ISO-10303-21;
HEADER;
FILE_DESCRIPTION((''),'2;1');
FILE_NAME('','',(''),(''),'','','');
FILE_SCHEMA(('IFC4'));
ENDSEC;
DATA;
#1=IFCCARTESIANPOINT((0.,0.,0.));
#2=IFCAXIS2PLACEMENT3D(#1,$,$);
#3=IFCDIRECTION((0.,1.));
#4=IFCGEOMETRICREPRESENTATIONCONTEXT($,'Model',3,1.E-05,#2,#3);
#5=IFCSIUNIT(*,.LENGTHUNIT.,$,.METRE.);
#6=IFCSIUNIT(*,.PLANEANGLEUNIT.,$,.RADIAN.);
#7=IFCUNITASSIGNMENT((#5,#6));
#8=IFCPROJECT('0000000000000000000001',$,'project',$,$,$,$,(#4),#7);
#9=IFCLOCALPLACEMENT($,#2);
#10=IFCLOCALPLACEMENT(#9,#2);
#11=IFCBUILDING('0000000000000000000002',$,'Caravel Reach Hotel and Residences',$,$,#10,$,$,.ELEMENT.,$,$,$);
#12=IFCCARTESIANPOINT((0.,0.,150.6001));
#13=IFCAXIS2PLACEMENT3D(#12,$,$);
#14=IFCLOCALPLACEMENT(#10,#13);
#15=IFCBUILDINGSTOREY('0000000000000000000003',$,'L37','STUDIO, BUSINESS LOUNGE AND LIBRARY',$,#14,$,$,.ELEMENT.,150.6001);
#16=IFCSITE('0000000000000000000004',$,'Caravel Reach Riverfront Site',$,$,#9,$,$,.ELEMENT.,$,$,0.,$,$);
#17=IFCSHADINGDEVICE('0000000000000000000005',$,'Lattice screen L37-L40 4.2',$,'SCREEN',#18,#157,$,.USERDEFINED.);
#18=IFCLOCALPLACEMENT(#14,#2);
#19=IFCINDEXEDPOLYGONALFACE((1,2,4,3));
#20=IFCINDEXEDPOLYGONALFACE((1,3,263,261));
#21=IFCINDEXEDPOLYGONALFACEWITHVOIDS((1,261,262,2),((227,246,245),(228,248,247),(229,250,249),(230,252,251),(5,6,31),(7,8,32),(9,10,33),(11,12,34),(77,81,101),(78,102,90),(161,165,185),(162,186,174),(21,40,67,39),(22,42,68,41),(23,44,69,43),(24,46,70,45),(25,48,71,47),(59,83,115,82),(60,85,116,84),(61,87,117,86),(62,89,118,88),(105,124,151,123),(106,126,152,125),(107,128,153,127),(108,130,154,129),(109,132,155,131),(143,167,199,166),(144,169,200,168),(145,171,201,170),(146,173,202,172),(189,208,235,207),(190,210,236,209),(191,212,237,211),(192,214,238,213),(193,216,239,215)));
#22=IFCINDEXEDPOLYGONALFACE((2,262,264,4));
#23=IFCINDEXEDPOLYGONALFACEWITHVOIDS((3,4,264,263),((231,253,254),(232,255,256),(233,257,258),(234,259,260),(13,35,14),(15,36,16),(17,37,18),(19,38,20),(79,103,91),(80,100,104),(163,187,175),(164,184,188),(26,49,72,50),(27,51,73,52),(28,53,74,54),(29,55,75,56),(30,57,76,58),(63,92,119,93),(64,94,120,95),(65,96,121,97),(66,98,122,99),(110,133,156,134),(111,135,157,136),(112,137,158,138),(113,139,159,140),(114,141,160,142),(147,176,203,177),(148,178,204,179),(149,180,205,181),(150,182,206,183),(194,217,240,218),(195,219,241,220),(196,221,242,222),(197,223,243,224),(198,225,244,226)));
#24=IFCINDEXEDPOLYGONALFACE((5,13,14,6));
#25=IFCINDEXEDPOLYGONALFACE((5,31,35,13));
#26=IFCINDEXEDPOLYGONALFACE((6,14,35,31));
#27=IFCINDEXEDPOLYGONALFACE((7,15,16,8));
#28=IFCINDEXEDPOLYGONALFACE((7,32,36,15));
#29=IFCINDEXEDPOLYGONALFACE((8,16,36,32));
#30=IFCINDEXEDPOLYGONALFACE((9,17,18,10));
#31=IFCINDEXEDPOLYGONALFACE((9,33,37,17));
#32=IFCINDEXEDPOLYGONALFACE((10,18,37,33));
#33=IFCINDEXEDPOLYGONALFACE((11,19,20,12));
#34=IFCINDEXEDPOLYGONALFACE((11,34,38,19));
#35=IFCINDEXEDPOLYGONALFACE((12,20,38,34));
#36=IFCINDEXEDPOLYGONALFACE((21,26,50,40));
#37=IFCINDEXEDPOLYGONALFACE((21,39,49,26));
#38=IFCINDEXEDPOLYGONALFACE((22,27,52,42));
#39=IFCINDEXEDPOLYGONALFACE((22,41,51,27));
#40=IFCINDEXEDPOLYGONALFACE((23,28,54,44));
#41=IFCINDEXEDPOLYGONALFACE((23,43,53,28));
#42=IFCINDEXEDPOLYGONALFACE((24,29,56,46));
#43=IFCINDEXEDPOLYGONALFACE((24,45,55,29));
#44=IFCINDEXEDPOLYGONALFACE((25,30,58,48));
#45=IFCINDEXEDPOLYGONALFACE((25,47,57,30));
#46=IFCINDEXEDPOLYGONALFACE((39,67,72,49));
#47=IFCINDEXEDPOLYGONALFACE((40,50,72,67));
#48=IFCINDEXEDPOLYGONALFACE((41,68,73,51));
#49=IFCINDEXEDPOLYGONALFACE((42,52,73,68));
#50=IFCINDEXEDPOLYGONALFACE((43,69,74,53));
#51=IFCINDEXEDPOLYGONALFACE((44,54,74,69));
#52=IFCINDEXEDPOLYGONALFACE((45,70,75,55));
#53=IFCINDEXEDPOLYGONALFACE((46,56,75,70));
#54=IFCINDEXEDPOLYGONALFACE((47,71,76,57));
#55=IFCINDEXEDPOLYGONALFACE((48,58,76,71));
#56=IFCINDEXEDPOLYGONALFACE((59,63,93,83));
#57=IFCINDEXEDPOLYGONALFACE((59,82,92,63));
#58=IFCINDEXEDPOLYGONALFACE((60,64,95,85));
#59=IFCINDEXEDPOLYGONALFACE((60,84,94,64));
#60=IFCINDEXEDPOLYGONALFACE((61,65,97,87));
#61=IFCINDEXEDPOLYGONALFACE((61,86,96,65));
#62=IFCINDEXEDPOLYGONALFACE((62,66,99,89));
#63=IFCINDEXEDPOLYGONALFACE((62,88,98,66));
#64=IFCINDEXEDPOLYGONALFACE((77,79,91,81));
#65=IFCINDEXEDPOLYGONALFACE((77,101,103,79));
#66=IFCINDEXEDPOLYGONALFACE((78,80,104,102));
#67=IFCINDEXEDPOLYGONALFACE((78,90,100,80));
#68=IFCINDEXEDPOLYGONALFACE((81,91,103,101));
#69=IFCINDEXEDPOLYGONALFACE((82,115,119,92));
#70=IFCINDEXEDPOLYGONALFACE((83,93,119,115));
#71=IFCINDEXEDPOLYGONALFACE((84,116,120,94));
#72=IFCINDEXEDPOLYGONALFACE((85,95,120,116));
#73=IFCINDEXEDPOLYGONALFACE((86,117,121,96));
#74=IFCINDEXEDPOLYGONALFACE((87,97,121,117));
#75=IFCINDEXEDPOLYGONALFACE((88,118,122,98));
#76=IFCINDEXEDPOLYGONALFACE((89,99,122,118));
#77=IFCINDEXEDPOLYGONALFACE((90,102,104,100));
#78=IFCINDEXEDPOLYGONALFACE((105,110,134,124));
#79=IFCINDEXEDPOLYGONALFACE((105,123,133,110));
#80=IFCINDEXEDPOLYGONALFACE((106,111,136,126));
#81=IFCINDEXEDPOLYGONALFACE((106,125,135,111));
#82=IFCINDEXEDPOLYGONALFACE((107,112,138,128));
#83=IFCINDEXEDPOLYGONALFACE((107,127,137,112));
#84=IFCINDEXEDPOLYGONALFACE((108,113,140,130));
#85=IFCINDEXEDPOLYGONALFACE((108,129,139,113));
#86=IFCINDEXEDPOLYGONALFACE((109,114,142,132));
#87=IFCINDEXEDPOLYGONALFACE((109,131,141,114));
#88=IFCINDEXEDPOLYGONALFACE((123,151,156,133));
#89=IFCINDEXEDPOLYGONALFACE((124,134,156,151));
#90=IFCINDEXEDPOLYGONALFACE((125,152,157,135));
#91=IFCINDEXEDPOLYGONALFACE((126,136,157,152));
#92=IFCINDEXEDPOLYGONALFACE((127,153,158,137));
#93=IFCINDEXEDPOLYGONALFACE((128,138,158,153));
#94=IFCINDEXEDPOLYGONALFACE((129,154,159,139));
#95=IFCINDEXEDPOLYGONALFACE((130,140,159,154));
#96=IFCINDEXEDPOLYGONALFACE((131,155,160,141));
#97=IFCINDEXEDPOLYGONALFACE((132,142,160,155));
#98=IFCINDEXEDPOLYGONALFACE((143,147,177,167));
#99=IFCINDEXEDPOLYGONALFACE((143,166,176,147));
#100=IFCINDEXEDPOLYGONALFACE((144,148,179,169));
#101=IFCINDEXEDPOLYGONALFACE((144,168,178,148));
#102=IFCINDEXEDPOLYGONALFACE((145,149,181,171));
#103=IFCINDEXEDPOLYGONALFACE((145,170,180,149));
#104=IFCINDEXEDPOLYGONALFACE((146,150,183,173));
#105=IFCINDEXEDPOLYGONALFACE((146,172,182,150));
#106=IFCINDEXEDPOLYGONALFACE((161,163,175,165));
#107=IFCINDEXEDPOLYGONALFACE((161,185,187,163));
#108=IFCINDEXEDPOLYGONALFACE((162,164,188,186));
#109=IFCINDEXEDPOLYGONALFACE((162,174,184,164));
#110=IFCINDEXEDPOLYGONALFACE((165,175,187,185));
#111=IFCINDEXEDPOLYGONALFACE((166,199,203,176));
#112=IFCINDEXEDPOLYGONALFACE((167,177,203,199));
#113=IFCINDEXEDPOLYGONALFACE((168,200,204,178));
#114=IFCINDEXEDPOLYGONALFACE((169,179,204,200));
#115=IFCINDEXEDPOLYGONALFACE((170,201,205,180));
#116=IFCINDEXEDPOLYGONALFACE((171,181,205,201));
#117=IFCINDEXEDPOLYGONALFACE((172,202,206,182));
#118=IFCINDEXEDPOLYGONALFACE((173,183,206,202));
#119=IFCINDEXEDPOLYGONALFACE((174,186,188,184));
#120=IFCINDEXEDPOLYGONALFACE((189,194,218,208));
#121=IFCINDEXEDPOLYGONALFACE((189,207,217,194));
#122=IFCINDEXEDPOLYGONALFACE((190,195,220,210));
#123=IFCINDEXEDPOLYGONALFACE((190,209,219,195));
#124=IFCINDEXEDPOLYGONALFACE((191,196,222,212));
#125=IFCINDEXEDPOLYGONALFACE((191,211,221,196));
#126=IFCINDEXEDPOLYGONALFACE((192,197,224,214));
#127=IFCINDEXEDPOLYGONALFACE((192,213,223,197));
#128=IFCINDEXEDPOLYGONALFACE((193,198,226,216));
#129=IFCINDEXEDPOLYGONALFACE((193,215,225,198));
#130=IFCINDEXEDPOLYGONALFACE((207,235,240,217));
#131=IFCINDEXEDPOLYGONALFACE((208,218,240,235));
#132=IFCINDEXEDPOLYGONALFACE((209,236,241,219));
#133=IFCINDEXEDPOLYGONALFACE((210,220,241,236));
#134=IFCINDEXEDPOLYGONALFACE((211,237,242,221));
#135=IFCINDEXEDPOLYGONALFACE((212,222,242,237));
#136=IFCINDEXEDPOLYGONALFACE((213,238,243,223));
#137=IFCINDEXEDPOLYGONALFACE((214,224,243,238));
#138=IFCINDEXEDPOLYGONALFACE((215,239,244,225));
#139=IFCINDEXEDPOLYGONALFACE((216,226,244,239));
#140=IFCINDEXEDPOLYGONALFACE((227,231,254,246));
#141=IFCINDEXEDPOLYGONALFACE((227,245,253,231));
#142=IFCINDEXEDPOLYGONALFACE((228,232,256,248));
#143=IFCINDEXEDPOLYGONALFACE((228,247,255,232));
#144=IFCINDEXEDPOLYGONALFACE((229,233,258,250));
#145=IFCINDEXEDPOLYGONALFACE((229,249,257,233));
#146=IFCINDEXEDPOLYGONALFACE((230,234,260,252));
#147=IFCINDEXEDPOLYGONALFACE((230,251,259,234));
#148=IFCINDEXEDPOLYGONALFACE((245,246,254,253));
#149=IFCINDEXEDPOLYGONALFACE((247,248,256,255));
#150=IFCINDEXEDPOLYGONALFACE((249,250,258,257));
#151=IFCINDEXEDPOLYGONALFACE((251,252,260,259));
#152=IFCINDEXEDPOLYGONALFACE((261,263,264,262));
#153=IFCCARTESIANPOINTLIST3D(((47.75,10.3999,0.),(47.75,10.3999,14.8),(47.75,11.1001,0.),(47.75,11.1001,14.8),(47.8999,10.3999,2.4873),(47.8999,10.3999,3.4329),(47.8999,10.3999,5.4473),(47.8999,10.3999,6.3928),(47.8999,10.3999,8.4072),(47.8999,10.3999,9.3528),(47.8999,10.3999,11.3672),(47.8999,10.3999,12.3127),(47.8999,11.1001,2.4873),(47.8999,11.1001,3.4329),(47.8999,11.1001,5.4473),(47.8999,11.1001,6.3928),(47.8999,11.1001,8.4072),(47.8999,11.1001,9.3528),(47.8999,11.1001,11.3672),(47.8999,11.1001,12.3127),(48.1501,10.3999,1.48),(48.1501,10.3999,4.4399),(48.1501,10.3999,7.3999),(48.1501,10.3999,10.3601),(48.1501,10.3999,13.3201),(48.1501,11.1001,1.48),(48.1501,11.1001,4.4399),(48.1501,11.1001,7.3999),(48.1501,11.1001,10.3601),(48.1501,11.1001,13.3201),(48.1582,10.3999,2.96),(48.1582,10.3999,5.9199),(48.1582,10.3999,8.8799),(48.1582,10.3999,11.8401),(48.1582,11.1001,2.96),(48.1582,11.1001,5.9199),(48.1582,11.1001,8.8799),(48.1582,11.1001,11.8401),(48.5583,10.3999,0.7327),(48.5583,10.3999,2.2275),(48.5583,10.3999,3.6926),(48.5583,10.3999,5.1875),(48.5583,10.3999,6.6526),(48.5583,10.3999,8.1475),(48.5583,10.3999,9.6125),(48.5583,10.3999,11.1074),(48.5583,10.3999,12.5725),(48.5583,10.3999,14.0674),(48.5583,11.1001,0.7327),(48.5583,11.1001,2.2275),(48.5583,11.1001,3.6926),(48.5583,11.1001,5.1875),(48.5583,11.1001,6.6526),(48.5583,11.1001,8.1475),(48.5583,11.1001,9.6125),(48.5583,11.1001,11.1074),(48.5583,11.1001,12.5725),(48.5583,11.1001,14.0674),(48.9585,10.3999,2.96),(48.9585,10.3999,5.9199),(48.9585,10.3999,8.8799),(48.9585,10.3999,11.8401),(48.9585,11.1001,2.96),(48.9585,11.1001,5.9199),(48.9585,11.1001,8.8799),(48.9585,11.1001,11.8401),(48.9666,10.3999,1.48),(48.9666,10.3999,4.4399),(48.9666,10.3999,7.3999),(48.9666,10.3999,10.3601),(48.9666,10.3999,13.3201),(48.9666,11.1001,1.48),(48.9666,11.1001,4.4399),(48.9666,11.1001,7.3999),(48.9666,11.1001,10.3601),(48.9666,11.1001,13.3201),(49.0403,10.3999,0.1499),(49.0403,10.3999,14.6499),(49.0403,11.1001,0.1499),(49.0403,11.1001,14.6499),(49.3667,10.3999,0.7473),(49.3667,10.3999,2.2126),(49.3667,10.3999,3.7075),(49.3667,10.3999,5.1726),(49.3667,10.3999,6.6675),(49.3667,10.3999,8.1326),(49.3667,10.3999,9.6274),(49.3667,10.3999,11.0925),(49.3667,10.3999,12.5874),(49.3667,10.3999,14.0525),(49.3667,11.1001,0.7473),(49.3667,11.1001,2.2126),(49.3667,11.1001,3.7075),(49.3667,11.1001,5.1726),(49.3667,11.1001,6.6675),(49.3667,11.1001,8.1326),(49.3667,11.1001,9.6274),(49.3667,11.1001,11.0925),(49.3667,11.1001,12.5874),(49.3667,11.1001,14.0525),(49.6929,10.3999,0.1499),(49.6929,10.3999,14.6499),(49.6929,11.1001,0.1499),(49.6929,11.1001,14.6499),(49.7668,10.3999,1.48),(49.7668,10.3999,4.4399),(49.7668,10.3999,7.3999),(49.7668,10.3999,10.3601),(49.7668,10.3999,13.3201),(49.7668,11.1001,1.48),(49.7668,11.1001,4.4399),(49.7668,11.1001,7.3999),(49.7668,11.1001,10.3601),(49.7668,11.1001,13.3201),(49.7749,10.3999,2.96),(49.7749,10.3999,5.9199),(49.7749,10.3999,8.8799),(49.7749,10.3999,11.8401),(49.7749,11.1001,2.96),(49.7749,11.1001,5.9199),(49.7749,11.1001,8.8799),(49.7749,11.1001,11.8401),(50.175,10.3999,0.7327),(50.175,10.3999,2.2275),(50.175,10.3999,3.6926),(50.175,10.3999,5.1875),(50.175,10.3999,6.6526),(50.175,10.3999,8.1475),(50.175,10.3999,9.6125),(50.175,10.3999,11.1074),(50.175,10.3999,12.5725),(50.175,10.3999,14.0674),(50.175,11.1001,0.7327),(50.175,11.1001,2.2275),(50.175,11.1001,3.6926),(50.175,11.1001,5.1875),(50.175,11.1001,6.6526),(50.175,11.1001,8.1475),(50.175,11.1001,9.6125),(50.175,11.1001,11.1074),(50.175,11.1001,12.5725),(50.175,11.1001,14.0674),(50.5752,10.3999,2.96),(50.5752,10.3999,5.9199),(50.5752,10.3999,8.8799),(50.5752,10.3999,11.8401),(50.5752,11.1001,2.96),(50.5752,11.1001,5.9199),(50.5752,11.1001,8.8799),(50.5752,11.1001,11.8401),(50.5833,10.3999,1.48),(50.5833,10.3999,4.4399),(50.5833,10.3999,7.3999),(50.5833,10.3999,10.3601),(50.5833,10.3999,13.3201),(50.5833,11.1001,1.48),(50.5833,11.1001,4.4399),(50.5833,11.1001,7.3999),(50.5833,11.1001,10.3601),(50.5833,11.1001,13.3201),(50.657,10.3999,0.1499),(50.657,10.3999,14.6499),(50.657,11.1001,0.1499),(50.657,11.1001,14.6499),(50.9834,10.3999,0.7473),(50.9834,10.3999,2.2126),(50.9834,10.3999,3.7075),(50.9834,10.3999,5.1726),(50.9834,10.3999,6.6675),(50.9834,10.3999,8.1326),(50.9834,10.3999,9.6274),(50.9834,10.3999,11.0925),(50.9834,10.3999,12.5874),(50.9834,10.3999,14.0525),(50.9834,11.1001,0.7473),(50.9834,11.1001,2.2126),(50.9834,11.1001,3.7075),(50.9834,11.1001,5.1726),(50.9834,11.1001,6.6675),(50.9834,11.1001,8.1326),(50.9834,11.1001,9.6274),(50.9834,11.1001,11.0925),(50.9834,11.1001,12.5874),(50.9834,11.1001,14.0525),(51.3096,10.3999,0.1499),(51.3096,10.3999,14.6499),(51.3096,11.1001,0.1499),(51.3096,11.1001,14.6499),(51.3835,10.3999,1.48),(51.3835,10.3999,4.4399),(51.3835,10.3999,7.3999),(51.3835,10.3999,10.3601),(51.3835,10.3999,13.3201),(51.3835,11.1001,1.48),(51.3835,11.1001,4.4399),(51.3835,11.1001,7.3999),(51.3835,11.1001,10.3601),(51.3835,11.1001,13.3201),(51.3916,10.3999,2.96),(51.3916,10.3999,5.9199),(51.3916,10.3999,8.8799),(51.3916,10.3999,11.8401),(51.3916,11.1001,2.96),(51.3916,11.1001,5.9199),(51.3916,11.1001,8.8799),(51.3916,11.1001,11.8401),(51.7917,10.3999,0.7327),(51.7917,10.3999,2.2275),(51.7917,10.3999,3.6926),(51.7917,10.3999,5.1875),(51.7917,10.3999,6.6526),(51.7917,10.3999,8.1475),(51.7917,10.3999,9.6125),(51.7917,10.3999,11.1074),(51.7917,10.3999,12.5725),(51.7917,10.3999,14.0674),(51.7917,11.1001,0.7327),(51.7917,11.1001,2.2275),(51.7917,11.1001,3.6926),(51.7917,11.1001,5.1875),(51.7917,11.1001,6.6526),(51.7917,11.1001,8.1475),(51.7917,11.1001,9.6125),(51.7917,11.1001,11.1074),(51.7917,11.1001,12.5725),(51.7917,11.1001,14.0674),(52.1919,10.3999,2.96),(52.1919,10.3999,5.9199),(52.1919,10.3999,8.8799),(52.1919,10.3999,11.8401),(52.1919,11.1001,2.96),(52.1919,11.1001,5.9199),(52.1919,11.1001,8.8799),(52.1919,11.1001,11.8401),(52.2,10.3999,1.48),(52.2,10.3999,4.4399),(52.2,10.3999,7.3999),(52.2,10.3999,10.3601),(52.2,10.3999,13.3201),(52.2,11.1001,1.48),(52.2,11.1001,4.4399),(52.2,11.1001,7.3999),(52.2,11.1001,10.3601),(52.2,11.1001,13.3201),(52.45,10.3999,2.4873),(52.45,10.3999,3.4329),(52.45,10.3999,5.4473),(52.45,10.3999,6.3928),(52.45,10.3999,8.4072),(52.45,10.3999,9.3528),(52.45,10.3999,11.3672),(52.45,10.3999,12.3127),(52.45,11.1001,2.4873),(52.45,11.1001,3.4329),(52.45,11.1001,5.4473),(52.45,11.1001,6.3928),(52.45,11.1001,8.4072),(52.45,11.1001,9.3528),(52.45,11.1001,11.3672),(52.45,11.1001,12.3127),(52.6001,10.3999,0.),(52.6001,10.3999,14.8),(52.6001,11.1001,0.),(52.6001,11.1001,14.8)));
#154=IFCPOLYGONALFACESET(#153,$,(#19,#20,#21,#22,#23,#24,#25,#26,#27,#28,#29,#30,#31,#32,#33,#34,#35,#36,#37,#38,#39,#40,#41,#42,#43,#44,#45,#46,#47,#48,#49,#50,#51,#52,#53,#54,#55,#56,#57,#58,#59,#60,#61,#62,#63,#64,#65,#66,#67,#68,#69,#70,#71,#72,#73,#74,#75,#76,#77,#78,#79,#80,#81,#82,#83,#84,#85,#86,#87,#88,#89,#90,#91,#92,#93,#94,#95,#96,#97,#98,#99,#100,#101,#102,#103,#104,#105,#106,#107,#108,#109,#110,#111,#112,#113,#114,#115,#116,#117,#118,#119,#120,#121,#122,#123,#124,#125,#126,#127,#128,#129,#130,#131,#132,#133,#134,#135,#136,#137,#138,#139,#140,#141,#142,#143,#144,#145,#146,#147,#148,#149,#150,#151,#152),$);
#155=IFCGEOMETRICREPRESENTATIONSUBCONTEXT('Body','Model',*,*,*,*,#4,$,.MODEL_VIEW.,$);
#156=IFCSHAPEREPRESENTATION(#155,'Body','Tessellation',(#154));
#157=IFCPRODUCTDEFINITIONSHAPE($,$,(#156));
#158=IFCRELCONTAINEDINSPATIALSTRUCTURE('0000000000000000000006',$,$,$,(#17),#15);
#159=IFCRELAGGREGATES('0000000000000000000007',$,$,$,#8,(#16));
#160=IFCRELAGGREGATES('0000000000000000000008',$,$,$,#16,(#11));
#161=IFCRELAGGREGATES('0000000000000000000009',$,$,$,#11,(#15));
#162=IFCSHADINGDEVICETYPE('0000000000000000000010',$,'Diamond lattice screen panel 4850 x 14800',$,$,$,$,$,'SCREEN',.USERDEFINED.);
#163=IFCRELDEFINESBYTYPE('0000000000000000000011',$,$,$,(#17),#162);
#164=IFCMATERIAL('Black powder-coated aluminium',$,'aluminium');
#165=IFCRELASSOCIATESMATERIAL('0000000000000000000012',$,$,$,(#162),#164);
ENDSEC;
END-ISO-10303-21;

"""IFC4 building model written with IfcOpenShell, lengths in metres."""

from ifc_helpers import new_model, si_unit, direction, frame, origin, place, context, subcontext, project, spatial, polyline, outline, extrude, material, type_object, element, save


model = new_model("IFC4")

# Units and contexts
model_context = context("Model", 3, precision=1e-05, world=origin(), true_north=direction((0.0, 1.0)))
body_context = subcontext(model_context, "Body", "Model", "MODEL_VIEW")
ifc_project = project(units=[si_unit("LENGTHUNIT", "METRE"), si_unit("PLANEANGLEUNIT", "RADIAN")], contexts=[model_context])

# Site, building, storey
site_placement = place(None, origin())
site = spatial("IfcSite", under=ifc_project, at=site_placement, Name="Caravel Reach Riverfront Site", CompositionType="ELEMENT", RefElevation=0.0)
building_placement = place(site_placement, origin())
building = spatial("IfcBuilding", under=site, at=building_placement, Name="Caravel Reach Hotel and Residences", CompositionType="ELEMENT")
storey_placement = place(building_placement, frame((0.0, 0.0, 150.6001)))
storey = spatial("IfcBuildingStorey", under=building, at=storey_placement, Name="L37", Description="STUDIO, BUSINESS LOUNGE AND LIBRARY", CompositionType="ELEMENT", Elevation=150.6001)

# Shading device
ifc_material_1 = material(Name="Black powder-coated aluminium", Category="aluminium")
shading_device_type_1 = type_object("IfcShadingDeviceType", Name="Diamond lattice screen panel 4850 x 14800", ElementType="SCREEN", PredefinedType="USERDEFINED", material=ifc_material_1)
shading_device_1_placement = place(storey_placement, frame((47.75, 11.1001, 0.0), z_axis=(0.0, -1.0, 0.0), x_axis=(1.0, 0.0, 0.0)))
element("IfcShadingDevice", 1, at=shading_device_1_placement, inside=storey, type_object=shading_device_type_1, Name="Lattice screen L37-L40 4.2", ObjectType="SCREEN", PredefinedType="USERDEFINED", context=body_context, shape_type="SweptSolid", body=[
    extrude(outline(polyline([(0.0, 0.0), (4.8501, 0.0), (4.8501, 14.8), (0.0, 14.8), (0.0, 0.0)]), holes=[polyline([(0.4082, 2.96), (0.1499, 3.4329), (0.1499, 2.4873), (0.4082, 2.96)]), polyline([(0.4082, 5.9199), (0.1499, 6.3928), (0.1499, 5.4473), (0.4082, 5.9199)]), polyline([(0.4082, 8.8799), (0.1499, 9.3528), (0.1499, 8.4072), (0.4082, 8.8799)]), polyline([(0.4082, 11.8401), (0.1499, 12.3127), (0.1499, 11.3672), (0.4082, 11.8401)]), polyline([(0.8083, 2.2275), (0.4001, 1.48), (0.8083, 0.7327), (1.2166, 1.48), (0.8083, 2.2275)]), polyline([(0.8083, 5.1875), (0.4001, 4.4399), (0.8083, 3.6926), (1.2166, 4.4399), (0.8083, 5.1875)]), polyline([(0.8083, 8.1475), (0.4001, 7.3999), (0.8083, 6.6526), (1.2166, 7.3999), (0.8083, 8.1475)]), polyline([(0.8083, 11.1074), (0.4001, 10.3601), (0.8083, 9.6125), (1.2166, 10.3601), (0.8083, 11.1074)]), polyline([(0.8083, 14.0674), (0.4001, 13.3201), (0.8083, 12.5725), (1.2166, 13.3201), (0.8083, 14.0674)]), polyline([(1.6167, 0.7473), (1.2903, 0.1499), (1.9429, 0.1499), (1.6167, 0.7473)]), polyline([(1.6167, 3.7075), (1.2085, 2.96), (1.6167, 2.2126), (2.0249, 2.96), (1.6167, 3.7075)]), polyline([(1.6167, 6.6675), (1.2085, 5.9199), (1.6167, 5.1726), (2.0249, 5.9199), (1.6167, 6.6675)]), polyline([(1.6167, 9.6274), (1.2085, 8.8799), (1.6167, 8.1326), (2.0249, 8.8799), (1.6167, 9.6274)]), polyline([(1.6167, 12.5874), (1.2085, 11.8401), (1.6167, 11.0925), (2.0249, 11.8401), (1.6167, 12.5874)]), polyline([(1.6167, 14.0525), (1.9429, 14.6499), (1.2903, 14.6499), (1.6167, 14.0525)]), polyline([(2.425, 2.2275), (2.0168, 1.48), (2.425, 0.7327), (2.8333, 1.48), (2.425, 2.2275)]), polyline([(2.425, 5.1875), (2.0168, 4.4399), (2.425, 3.6926), (2.8333, 4.4399), (2.425, 5.1875)]), polyline([(2.425, 8.1475), (2.0168, 7.3999), (2.425, 6.6526), (2.8333, 7.3999), (2.425, 8.1475)]), polyline([(2.425, 11.1074), (2.0168, 10.3601), (2.425, 9.6125), (2.8333, 10.3601), (2.425, 11.1074)]), polyline([(2.425, 14.0674), (2.0168, 13.3201), (2.425, 12.5725), (2.8333, 13.3201), (2.425, 14.0674)]), polyline([(3.2334, 0.7473), (2.907, 0.1499), (3.5596, 0.1499), (3.2334, 0.7473)]), polyline([(3.2334, 3.7075), (2.8252, 2.96), (3.2334, 2.2126), (3.6416, 2.96), (3.2334, 3.7075)]), polyline([(3.2334, 6.6675), (2.8252, 5.9199), (3.2334, 5.1726), (3.6416, 5.9199), (3.2334, 6.6675)]), polyline([(3.2334, 9.6274), (2.8252, 8.8799), (3.2334, 8.1326), (3.6416, 8.8799), (3.2334, 9.6274)]), polyline([(3.2334, 12.5874), (2.8252, 11.8401), (3.2334, 11.0925), (3.6416, 11.8401), (3.2334, 12.5874)]), polyline([(3.2334, 14.0525), (3.5596, 14.6499), (2.907, 14.6499), (3.2334, 14.0525)]), polyline([(4.0417, 2.2275), (3.6335, 1.48), (4.0417, 0.7327), (4.45, 1.48), (4.0417, 2.2275)]), polyline([(4.0417, 5.1875), (3.6335, 4.4399), (4.0417, 3.6926), (4.45, 4.4399), (4.0417, 5.1875)]), polyline([(4.0417, 8.1475), (3.6335, 7.3999), (4.0417, 6.6526), (4.45, 7.3999), (4.0417, 8.1475)]), polyline([(4.0417, 11.1074), (3.6335, 10.3601), (4.0417, 9.6125), (4.45, 10.3601), (4.0417, 11.1074)]), polyline([(4.0417, 14.0674), (3.6335, 13.3201), (4.0417, 12.5725), (4.45, 13.3201), (4.0417, 14.0674)]), polyline([(4.4419, 2.96), (4.7, 2.4873), (4.7, 3.4329), (4.4419, 2.96)]), polyline([(4.4419, 5.9199), (4.7, 5.4473), (4.7, 6.3928), (4.4419, 5.9199)]), polyline([(4.4419, 8.8799), (4.7, 8.4072), (4.7, 9.3528), (4.4419, 8.8799)]), polyline([(4.4419, 11.8401), (4.7, 11.3672), (4.7, 12.3127), (4.4419, 11.8401)])]), origin(), (0.0, 0.0, 1.0), 0.7002),
])

save(model, "model.ifc")
